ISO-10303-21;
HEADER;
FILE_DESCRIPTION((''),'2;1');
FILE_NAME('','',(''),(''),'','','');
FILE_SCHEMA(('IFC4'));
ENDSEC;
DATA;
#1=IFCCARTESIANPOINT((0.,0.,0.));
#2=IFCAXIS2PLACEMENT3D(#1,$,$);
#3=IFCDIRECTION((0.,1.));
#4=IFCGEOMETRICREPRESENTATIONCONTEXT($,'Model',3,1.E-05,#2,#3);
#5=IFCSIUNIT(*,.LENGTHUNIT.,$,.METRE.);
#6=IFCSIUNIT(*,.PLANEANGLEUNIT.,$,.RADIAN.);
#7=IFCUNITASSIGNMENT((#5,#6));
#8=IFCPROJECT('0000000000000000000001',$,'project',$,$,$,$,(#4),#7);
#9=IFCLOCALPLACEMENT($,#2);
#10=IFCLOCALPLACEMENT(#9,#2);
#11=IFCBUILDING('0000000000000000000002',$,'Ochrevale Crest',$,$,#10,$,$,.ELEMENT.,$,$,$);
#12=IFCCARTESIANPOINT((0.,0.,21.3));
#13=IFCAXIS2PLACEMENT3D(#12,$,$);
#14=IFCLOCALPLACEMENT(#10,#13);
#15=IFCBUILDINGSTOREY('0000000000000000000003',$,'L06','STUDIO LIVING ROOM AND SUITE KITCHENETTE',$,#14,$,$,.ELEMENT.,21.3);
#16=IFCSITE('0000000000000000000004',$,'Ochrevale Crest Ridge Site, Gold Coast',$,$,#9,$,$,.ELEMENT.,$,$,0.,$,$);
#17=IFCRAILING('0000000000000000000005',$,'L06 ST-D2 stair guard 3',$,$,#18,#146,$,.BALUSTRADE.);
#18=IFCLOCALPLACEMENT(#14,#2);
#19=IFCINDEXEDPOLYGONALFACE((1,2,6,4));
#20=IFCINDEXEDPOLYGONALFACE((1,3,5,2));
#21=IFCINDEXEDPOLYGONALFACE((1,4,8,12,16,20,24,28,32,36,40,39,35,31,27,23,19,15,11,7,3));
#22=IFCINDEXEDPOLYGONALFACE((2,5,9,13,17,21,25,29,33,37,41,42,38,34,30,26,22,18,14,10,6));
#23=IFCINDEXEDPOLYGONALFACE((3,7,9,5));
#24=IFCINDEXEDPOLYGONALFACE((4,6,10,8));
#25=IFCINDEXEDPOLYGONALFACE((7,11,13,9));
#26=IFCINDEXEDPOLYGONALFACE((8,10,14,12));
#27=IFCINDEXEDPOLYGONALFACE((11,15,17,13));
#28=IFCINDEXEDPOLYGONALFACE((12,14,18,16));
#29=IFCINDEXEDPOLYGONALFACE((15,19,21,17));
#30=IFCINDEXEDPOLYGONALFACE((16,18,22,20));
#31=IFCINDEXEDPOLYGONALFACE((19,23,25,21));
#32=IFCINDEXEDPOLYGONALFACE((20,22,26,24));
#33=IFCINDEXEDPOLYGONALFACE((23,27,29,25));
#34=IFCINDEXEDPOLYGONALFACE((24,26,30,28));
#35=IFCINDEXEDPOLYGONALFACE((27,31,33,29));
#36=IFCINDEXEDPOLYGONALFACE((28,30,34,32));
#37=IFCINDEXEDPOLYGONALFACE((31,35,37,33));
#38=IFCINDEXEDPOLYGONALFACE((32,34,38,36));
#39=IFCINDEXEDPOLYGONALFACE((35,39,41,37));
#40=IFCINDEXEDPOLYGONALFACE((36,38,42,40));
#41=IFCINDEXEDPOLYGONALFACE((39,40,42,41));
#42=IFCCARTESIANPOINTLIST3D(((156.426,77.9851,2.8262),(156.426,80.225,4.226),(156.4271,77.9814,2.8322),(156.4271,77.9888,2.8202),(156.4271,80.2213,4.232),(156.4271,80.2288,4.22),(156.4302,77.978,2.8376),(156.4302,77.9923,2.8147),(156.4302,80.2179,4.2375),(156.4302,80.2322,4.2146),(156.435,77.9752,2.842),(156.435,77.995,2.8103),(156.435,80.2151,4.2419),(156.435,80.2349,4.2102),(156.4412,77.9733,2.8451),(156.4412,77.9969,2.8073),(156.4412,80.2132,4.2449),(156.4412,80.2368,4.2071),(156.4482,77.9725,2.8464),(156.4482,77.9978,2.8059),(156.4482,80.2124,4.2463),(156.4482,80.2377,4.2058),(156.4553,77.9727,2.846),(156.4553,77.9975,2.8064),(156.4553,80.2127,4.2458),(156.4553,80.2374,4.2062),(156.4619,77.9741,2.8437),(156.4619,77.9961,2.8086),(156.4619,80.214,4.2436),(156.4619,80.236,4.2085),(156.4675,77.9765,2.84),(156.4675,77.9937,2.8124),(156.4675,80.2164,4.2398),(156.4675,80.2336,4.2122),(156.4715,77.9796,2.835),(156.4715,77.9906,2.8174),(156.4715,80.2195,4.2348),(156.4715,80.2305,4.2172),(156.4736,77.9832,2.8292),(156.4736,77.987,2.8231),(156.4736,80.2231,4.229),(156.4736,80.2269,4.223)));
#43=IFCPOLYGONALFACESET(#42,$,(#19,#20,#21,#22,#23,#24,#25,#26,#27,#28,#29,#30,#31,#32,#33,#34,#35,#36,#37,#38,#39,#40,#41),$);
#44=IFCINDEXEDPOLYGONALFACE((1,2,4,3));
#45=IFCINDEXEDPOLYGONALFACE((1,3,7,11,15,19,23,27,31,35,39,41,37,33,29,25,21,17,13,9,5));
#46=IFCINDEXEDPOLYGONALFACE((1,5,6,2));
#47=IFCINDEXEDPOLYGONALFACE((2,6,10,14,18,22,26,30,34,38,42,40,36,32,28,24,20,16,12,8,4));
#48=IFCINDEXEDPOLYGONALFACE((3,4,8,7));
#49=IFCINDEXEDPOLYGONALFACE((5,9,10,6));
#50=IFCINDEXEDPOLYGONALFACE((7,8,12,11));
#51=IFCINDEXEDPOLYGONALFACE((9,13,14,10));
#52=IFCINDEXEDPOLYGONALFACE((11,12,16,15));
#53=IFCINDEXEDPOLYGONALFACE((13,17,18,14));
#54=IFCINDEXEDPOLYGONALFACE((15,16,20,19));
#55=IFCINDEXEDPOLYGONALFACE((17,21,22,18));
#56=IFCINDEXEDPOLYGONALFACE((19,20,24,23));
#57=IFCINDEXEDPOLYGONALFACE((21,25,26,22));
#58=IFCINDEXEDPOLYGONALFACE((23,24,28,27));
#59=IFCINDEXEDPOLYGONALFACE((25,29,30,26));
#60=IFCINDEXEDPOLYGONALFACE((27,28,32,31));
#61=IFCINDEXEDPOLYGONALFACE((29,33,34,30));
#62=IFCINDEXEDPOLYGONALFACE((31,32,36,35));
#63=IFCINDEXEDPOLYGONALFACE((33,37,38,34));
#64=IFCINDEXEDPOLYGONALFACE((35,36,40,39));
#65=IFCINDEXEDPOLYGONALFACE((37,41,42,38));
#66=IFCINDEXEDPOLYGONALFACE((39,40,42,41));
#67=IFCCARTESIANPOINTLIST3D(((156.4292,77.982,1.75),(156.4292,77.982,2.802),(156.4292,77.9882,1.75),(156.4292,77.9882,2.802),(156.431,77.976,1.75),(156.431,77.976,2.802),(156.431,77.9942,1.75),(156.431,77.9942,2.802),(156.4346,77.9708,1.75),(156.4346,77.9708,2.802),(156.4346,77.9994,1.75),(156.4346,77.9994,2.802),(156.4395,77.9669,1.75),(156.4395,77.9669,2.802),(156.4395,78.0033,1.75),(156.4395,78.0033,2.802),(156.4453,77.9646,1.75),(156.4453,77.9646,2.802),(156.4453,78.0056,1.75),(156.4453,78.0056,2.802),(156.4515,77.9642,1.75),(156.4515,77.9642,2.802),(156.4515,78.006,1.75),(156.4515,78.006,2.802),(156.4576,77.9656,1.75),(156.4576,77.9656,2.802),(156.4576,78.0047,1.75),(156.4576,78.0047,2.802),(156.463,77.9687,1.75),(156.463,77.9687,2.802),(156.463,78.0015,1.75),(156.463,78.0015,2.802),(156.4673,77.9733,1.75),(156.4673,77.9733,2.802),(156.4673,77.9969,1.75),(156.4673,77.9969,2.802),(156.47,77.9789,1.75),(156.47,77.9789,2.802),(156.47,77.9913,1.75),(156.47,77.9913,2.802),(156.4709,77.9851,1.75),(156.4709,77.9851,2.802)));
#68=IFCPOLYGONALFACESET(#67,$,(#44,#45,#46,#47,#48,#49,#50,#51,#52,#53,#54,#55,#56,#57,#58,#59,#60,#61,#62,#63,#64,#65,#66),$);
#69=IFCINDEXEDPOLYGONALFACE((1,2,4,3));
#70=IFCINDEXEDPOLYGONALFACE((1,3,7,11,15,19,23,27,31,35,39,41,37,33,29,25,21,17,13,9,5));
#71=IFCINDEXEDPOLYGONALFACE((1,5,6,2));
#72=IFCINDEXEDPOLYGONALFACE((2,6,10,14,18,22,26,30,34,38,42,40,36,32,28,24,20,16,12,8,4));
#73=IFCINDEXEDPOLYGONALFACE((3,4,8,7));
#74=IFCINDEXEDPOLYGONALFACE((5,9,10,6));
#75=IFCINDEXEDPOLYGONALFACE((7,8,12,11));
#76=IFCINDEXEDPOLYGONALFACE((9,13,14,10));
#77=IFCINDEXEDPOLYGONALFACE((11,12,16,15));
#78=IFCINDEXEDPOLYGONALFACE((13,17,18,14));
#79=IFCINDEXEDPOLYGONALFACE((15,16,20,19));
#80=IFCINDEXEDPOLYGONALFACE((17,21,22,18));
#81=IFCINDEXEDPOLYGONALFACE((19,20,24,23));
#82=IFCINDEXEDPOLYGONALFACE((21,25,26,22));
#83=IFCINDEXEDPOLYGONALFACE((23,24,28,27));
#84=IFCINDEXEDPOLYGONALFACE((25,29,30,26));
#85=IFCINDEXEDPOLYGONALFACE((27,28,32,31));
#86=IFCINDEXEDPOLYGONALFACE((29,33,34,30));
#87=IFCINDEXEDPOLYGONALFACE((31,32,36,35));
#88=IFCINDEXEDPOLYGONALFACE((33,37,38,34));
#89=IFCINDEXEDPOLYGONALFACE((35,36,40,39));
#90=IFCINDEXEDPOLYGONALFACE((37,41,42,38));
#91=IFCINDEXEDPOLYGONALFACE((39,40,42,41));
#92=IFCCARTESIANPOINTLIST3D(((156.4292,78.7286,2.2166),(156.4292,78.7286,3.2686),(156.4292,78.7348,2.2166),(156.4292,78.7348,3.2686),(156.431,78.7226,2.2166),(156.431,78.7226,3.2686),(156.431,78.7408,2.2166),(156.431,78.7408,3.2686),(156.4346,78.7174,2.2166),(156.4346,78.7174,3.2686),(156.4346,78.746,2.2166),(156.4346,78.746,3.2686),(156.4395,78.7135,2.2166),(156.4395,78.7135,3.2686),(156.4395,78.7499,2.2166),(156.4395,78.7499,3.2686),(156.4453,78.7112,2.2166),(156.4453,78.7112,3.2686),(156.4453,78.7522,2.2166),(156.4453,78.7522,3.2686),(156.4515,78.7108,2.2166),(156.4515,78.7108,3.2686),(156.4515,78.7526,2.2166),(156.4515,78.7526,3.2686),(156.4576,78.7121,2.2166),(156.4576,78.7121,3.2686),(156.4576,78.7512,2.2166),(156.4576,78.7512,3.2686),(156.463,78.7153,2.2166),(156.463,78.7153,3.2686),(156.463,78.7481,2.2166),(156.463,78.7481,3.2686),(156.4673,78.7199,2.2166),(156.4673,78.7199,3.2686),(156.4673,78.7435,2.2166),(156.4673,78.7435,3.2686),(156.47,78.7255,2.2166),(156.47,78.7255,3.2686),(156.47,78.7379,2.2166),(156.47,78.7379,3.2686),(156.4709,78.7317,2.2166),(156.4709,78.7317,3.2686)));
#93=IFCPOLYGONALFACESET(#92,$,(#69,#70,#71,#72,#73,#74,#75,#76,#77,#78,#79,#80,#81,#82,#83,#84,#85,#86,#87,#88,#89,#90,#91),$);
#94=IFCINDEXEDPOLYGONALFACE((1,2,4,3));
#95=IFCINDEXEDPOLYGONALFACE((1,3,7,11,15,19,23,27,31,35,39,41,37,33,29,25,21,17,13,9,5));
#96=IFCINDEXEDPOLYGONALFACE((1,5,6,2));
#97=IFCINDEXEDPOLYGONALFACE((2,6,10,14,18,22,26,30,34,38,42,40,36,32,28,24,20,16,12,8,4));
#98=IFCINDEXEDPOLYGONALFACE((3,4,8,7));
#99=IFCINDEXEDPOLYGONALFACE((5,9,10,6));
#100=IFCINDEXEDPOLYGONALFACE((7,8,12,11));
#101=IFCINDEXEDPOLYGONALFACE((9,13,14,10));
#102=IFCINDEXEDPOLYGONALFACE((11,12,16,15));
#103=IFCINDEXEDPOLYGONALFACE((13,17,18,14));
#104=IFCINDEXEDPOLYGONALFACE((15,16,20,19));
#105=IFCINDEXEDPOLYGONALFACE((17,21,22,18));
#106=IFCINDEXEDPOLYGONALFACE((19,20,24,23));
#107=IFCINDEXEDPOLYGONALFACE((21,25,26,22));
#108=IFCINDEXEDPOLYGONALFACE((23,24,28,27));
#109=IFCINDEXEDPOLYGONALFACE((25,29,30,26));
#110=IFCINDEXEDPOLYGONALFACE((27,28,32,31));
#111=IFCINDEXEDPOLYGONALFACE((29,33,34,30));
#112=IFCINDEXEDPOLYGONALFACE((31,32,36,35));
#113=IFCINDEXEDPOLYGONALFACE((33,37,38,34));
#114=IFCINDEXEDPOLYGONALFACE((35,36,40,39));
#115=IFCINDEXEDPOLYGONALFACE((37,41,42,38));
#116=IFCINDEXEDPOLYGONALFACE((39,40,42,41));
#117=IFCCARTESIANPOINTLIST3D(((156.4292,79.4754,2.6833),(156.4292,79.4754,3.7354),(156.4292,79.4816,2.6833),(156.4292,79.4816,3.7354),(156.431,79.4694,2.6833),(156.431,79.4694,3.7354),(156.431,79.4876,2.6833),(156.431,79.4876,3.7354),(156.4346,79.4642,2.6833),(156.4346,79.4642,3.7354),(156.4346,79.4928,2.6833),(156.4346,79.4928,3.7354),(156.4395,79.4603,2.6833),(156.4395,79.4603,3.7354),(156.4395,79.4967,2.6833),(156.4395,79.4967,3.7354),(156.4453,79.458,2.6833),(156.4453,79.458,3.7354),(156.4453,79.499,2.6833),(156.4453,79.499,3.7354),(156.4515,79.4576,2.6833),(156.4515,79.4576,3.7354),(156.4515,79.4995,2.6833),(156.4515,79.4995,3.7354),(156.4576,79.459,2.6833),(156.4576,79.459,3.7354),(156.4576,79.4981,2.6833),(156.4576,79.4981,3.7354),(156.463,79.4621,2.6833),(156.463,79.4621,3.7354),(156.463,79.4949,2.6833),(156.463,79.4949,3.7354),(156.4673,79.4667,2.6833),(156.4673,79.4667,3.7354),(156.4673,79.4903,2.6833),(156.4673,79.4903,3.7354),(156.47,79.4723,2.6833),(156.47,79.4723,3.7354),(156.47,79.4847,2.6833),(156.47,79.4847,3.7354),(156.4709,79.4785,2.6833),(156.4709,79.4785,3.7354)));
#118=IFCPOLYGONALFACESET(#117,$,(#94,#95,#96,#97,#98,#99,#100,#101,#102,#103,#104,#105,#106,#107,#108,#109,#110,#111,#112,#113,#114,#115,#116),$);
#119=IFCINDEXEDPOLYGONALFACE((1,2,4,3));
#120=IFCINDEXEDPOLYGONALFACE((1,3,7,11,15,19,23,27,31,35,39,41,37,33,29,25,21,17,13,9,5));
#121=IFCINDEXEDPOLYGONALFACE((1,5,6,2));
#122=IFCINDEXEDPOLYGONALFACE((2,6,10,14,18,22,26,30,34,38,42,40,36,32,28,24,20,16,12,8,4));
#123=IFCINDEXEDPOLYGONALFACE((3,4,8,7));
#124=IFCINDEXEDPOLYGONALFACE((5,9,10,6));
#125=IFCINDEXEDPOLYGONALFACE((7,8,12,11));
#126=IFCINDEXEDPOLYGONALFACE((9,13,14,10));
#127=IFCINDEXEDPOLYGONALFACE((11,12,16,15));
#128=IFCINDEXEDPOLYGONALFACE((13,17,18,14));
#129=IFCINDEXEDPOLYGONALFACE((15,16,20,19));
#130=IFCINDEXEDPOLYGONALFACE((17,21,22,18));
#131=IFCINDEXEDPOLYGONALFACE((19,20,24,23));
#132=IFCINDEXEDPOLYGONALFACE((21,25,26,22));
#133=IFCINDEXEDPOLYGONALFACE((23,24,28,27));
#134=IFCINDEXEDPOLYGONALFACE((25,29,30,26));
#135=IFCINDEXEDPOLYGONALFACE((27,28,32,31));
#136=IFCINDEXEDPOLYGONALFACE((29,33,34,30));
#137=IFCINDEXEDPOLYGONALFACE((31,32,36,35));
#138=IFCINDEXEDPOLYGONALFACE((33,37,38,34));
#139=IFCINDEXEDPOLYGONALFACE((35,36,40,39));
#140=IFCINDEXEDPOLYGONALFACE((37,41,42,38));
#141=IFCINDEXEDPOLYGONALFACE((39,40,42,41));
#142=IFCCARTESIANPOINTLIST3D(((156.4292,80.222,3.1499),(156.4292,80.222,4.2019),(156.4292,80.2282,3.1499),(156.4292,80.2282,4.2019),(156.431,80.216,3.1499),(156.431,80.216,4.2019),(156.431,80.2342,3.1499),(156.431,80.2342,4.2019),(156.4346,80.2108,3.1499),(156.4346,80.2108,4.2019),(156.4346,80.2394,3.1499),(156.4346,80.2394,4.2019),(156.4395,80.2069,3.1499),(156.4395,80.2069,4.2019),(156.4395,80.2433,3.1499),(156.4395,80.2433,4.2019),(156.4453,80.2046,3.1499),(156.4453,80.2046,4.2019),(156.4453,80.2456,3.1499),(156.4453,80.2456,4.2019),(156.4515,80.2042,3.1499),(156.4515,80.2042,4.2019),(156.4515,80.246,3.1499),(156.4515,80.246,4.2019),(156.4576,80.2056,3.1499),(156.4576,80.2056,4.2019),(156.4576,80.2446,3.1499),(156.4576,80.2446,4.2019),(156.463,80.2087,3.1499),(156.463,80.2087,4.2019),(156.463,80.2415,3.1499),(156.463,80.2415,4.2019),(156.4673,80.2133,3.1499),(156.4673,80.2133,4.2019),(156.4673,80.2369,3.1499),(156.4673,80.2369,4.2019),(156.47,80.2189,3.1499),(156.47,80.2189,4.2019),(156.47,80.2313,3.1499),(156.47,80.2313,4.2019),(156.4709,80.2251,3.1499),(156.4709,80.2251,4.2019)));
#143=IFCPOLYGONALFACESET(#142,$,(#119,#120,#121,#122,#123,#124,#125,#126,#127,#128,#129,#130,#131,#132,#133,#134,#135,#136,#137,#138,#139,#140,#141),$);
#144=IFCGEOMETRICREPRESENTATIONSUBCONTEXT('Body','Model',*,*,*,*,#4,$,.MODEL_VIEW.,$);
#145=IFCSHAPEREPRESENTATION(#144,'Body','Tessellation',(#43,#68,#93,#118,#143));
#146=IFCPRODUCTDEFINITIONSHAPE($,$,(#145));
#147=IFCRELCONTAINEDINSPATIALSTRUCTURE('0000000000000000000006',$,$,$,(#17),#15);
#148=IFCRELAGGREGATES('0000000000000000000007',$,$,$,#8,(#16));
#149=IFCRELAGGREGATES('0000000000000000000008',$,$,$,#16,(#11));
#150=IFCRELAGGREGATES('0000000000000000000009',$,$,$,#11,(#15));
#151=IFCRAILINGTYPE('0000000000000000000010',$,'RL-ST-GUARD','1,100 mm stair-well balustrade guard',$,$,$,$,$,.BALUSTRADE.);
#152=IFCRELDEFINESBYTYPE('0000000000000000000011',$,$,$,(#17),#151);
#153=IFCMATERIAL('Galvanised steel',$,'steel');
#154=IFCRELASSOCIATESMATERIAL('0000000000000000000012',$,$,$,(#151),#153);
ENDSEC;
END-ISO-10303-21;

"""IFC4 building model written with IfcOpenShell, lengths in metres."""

from ifc_helpers import new_model, si_unit, direction, frame, origin, origin_2d, place, context, subcontext, project, spatial, circle, extrude, material, type_object, element, save


model = new_model("IFC4")

# Units and contexts
model_context = context("Model", 3, precision=1e-05, world=origin(), true_north=direction((0.0, 1.0)))
body_context = subcontext(model_context, "Body", "Model", "MODEL_VIEW")
ifc_project = project(units=[si_unit("LENGTHUNIT", "METRE"), si_unit("PLANEANGLEUNIT", "RADIAN")], contexts=[model_context])

# Site, building, storey
site_placement = place(None, origin())
site = spatial("IfcSite", under=ifc_project, at=site_placement, Name="Ochrevale Crest Ridge Site, Gold Coast", CompositionType="ELEMENT", RefElevation=0.0)
building_placement = place(site_placement, origin())
building = spatial("IfcBuilding", under=site, at=building_placement, Name="Ochrevale Crest", CompositionType="ELEMENT")
storey_placement = place(building_placement, frame((0.0, 0.0, 21.3)))
storey = spatial("IfcBuildingStorey", under=building, at=storey_placement, Name="L06", Description="STUDIO LIVING ROOM AND SUITE KITCHENETTE", CompositionType="ELEMENT", Elevation=21.3)

# Railing
ifc_material_1 = material(Name="Galvanised steel", Category="steel")
railing_type_1 = type_object("IfcRailingType", Name="RL-ST-GUARD", Description="1,100 mm stair-well balustrade guard", PredefinedType="BALUSTRADE", material=ifc_material_1)
railing_1_placement = place(storey_placement, frame((156.45, 77.9851, 1.75)))
element("IfcRailing", 1, at=railing_1_placement, inside=storey, type_object=railing_type_1, Name="L06 ST-D2 stair guard 3", PredefinedType="BALUSTRADE", context=body_context, shape_type="SweptSolid", body=[
    extrude(circle(Radius=0.0239, at=origin_2d()), frame((0.0, 0.0, 1.0762), z_axis=(0.0, 0.848014, 0.529974), x_axis=(-1.0, 0.0, 0.0)), (0.0, 0.0, 1.0), 2.6414),
    extrude(circle(Radius=0.021, at=origin_2d()), origin(), (0.0, 0.0, 1.0), 1.052),
    extrude(circle(Radius=0.021, at=origin_2d()), frame((0.0, 0.7466, 0.4666)), (0.0, 0.0, 1.0), 1.052),
    extrude(circle(Radius=0.021, at=origin_2d()), frame((0.0, 1.4934, 0.9333)), (0.0, 0.0, 1.0), 1.052),
    extrude(circle(Radius=0.021, at=origin_2d()), frame((0.0, 2.24, 1.3999)), (0.0, 0.0, 1.0), 1.052),
])

save(model, "model.ifc")
